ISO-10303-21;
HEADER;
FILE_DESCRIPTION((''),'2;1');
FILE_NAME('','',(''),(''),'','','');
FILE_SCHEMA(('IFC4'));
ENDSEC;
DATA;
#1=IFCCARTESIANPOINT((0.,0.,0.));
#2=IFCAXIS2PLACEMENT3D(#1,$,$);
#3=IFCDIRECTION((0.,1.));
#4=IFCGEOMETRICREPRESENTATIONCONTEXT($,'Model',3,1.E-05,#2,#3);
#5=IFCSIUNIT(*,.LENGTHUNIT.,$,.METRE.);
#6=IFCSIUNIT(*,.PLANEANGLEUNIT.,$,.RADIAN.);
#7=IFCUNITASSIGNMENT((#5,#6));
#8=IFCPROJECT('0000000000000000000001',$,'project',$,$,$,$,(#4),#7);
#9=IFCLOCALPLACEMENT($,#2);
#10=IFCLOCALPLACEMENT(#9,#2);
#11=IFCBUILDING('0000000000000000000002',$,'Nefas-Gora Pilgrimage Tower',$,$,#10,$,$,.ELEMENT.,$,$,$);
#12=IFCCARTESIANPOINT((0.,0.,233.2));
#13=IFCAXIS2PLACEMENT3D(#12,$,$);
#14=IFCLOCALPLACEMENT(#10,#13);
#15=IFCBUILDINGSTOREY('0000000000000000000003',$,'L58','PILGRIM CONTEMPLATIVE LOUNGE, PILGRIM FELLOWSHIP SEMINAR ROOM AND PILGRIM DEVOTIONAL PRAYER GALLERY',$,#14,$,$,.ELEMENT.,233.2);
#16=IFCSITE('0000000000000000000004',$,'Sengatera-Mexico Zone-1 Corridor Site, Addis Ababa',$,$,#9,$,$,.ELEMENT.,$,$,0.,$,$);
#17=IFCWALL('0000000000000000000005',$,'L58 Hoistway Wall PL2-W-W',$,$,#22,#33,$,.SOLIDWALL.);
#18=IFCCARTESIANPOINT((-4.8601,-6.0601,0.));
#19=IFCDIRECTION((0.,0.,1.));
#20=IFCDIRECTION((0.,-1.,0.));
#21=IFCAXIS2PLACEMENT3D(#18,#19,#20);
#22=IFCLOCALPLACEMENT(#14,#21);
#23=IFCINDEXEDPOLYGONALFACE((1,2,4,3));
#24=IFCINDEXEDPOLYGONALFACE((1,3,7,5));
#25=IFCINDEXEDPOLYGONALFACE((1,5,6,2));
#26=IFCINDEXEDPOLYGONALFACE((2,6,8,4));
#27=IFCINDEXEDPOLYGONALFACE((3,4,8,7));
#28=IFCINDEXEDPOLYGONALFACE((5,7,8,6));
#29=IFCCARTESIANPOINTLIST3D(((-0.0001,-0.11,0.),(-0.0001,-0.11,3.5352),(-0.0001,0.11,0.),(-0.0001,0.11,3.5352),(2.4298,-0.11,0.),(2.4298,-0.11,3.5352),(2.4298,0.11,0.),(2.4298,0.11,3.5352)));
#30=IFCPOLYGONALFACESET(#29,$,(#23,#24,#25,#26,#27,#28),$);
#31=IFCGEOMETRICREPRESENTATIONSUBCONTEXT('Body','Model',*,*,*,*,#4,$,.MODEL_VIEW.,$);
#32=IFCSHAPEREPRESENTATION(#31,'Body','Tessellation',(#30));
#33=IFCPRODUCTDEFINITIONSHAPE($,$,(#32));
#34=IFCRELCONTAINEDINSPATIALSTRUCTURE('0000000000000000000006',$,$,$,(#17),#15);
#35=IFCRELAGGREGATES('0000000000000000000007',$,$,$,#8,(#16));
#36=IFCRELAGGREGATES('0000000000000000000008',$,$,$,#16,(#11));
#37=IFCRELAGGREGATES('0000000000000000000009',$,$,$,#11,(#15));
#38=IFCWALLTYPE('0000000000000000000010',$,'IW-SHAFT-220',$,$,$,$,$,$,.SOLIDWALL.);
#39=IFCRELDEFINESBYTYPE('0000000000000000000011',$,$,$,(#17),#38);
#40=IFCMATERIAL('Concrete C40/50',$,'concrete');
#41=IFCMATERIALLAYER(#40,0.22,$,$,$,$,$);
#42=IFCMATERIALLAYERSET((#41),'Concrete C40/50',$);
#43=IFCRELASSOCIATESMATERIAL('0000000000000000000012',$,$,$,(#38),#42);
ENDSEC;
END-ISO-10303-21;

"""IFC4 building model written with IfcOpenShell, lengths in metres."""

from ifc_helpers import new_model, si_unit, direction, frame, frame_2d, origin, place, context, subcontext, project, spatial, rectangle, extrude, source, transform, mapped, material, layer, layer_set, type_object, element, save


model = new_model("IFC4")

# Units and contexts
model_context = context("Model", 3, precision=1e-05, world=origin(), true_north=direction((0.0, 1.0)))
body_context = subcontext(model_context, "Body", "Model", "MODEL_VIEW")
ifc_project = project(units=[si_unit("LENGTHUNIT", "METRE"), si_unit("PLANEANGLEUNIT", "RADIAN")], contexts=[model_context])

# Site, building, storey
site_placement = place(None, origin())
site = spatial("IfcSite", under=ifc_project, at=site_placement, Name="Sengatera-Mexico Zone-1 Corridor Site, Addis Ababa", CompositionType="ELEMENT", RefElevation=0.0)
building_placement = place(site_placement, origin())
building = spatial("IfcBuilding", under=site, at=building_placement, Name="Nefas-Gora Pilgrimage Tower", CompositionType="ELEMENT")
storey_placement = place(building_placement, frame((0.0, 0.0, 233.2)))
storey = spatial("IfcBuildingStorey", under=building, at=storey_placement, Name="L58", Description="PILGRIM CONTEMPLATIVE LOUNGE, PILGRIM FELLOWSHIP SEMINAR ROOM AND PILGRIM DEVOTIONAL PRAYER GALLERY", CompositionType="ELEMENT", Elevation=233.2)

# Shared definitions
ifc_material_1 = material(Name="Concrete C40/50", Category="concrete")
ifc_layer_1 = layer(ifc_material_1, 0.22)
ifc_layer_set_1 = layer_set([ifc_layer_1], Name="Concrete C40/50")
wall_type_1 = type_object("IfcWallType", Name="IW-SHAFT-220", PredefinedType="SOLIDWALL", material=ifc_layer_set_1)

# Wall
shared_shape_1 = source(origin(), body_context, "Body", "SweptSolid", [
    extrude(rectangle(XDim=2.4299, YDim=0.22, at=frame_2d((1.2148, 0.0))), origin(), (0.0, 0.0, 1.0), 3.5352),
])
wall_1_placement = place(storey_placement, frame((-4.8601, -6.0601, 0.0), z_axis=(0.0, 0.0, 1.0), x_axis=(0.0, -1.0, 0.0)))
element("IfcWall", 1, at=wall_1_placement, inside=storey, type_object=wall_type_1, Name="L58 Hoistway Wall PL2-W-W", PredefinedType="SOLIDWALL", context=body_context, shape_type="MappedRepresentation", body=[
    mapped(shared_shape_1, transform((0.0, 0.0, 0.0), x_axis=(1.0, 0.0, 0.0), y_axis=(0.0, 1.0, 0.0), z_axis=(0.0, 0.0, 1.0), scale=1.0)),
])

save(model, "model.ifc")
